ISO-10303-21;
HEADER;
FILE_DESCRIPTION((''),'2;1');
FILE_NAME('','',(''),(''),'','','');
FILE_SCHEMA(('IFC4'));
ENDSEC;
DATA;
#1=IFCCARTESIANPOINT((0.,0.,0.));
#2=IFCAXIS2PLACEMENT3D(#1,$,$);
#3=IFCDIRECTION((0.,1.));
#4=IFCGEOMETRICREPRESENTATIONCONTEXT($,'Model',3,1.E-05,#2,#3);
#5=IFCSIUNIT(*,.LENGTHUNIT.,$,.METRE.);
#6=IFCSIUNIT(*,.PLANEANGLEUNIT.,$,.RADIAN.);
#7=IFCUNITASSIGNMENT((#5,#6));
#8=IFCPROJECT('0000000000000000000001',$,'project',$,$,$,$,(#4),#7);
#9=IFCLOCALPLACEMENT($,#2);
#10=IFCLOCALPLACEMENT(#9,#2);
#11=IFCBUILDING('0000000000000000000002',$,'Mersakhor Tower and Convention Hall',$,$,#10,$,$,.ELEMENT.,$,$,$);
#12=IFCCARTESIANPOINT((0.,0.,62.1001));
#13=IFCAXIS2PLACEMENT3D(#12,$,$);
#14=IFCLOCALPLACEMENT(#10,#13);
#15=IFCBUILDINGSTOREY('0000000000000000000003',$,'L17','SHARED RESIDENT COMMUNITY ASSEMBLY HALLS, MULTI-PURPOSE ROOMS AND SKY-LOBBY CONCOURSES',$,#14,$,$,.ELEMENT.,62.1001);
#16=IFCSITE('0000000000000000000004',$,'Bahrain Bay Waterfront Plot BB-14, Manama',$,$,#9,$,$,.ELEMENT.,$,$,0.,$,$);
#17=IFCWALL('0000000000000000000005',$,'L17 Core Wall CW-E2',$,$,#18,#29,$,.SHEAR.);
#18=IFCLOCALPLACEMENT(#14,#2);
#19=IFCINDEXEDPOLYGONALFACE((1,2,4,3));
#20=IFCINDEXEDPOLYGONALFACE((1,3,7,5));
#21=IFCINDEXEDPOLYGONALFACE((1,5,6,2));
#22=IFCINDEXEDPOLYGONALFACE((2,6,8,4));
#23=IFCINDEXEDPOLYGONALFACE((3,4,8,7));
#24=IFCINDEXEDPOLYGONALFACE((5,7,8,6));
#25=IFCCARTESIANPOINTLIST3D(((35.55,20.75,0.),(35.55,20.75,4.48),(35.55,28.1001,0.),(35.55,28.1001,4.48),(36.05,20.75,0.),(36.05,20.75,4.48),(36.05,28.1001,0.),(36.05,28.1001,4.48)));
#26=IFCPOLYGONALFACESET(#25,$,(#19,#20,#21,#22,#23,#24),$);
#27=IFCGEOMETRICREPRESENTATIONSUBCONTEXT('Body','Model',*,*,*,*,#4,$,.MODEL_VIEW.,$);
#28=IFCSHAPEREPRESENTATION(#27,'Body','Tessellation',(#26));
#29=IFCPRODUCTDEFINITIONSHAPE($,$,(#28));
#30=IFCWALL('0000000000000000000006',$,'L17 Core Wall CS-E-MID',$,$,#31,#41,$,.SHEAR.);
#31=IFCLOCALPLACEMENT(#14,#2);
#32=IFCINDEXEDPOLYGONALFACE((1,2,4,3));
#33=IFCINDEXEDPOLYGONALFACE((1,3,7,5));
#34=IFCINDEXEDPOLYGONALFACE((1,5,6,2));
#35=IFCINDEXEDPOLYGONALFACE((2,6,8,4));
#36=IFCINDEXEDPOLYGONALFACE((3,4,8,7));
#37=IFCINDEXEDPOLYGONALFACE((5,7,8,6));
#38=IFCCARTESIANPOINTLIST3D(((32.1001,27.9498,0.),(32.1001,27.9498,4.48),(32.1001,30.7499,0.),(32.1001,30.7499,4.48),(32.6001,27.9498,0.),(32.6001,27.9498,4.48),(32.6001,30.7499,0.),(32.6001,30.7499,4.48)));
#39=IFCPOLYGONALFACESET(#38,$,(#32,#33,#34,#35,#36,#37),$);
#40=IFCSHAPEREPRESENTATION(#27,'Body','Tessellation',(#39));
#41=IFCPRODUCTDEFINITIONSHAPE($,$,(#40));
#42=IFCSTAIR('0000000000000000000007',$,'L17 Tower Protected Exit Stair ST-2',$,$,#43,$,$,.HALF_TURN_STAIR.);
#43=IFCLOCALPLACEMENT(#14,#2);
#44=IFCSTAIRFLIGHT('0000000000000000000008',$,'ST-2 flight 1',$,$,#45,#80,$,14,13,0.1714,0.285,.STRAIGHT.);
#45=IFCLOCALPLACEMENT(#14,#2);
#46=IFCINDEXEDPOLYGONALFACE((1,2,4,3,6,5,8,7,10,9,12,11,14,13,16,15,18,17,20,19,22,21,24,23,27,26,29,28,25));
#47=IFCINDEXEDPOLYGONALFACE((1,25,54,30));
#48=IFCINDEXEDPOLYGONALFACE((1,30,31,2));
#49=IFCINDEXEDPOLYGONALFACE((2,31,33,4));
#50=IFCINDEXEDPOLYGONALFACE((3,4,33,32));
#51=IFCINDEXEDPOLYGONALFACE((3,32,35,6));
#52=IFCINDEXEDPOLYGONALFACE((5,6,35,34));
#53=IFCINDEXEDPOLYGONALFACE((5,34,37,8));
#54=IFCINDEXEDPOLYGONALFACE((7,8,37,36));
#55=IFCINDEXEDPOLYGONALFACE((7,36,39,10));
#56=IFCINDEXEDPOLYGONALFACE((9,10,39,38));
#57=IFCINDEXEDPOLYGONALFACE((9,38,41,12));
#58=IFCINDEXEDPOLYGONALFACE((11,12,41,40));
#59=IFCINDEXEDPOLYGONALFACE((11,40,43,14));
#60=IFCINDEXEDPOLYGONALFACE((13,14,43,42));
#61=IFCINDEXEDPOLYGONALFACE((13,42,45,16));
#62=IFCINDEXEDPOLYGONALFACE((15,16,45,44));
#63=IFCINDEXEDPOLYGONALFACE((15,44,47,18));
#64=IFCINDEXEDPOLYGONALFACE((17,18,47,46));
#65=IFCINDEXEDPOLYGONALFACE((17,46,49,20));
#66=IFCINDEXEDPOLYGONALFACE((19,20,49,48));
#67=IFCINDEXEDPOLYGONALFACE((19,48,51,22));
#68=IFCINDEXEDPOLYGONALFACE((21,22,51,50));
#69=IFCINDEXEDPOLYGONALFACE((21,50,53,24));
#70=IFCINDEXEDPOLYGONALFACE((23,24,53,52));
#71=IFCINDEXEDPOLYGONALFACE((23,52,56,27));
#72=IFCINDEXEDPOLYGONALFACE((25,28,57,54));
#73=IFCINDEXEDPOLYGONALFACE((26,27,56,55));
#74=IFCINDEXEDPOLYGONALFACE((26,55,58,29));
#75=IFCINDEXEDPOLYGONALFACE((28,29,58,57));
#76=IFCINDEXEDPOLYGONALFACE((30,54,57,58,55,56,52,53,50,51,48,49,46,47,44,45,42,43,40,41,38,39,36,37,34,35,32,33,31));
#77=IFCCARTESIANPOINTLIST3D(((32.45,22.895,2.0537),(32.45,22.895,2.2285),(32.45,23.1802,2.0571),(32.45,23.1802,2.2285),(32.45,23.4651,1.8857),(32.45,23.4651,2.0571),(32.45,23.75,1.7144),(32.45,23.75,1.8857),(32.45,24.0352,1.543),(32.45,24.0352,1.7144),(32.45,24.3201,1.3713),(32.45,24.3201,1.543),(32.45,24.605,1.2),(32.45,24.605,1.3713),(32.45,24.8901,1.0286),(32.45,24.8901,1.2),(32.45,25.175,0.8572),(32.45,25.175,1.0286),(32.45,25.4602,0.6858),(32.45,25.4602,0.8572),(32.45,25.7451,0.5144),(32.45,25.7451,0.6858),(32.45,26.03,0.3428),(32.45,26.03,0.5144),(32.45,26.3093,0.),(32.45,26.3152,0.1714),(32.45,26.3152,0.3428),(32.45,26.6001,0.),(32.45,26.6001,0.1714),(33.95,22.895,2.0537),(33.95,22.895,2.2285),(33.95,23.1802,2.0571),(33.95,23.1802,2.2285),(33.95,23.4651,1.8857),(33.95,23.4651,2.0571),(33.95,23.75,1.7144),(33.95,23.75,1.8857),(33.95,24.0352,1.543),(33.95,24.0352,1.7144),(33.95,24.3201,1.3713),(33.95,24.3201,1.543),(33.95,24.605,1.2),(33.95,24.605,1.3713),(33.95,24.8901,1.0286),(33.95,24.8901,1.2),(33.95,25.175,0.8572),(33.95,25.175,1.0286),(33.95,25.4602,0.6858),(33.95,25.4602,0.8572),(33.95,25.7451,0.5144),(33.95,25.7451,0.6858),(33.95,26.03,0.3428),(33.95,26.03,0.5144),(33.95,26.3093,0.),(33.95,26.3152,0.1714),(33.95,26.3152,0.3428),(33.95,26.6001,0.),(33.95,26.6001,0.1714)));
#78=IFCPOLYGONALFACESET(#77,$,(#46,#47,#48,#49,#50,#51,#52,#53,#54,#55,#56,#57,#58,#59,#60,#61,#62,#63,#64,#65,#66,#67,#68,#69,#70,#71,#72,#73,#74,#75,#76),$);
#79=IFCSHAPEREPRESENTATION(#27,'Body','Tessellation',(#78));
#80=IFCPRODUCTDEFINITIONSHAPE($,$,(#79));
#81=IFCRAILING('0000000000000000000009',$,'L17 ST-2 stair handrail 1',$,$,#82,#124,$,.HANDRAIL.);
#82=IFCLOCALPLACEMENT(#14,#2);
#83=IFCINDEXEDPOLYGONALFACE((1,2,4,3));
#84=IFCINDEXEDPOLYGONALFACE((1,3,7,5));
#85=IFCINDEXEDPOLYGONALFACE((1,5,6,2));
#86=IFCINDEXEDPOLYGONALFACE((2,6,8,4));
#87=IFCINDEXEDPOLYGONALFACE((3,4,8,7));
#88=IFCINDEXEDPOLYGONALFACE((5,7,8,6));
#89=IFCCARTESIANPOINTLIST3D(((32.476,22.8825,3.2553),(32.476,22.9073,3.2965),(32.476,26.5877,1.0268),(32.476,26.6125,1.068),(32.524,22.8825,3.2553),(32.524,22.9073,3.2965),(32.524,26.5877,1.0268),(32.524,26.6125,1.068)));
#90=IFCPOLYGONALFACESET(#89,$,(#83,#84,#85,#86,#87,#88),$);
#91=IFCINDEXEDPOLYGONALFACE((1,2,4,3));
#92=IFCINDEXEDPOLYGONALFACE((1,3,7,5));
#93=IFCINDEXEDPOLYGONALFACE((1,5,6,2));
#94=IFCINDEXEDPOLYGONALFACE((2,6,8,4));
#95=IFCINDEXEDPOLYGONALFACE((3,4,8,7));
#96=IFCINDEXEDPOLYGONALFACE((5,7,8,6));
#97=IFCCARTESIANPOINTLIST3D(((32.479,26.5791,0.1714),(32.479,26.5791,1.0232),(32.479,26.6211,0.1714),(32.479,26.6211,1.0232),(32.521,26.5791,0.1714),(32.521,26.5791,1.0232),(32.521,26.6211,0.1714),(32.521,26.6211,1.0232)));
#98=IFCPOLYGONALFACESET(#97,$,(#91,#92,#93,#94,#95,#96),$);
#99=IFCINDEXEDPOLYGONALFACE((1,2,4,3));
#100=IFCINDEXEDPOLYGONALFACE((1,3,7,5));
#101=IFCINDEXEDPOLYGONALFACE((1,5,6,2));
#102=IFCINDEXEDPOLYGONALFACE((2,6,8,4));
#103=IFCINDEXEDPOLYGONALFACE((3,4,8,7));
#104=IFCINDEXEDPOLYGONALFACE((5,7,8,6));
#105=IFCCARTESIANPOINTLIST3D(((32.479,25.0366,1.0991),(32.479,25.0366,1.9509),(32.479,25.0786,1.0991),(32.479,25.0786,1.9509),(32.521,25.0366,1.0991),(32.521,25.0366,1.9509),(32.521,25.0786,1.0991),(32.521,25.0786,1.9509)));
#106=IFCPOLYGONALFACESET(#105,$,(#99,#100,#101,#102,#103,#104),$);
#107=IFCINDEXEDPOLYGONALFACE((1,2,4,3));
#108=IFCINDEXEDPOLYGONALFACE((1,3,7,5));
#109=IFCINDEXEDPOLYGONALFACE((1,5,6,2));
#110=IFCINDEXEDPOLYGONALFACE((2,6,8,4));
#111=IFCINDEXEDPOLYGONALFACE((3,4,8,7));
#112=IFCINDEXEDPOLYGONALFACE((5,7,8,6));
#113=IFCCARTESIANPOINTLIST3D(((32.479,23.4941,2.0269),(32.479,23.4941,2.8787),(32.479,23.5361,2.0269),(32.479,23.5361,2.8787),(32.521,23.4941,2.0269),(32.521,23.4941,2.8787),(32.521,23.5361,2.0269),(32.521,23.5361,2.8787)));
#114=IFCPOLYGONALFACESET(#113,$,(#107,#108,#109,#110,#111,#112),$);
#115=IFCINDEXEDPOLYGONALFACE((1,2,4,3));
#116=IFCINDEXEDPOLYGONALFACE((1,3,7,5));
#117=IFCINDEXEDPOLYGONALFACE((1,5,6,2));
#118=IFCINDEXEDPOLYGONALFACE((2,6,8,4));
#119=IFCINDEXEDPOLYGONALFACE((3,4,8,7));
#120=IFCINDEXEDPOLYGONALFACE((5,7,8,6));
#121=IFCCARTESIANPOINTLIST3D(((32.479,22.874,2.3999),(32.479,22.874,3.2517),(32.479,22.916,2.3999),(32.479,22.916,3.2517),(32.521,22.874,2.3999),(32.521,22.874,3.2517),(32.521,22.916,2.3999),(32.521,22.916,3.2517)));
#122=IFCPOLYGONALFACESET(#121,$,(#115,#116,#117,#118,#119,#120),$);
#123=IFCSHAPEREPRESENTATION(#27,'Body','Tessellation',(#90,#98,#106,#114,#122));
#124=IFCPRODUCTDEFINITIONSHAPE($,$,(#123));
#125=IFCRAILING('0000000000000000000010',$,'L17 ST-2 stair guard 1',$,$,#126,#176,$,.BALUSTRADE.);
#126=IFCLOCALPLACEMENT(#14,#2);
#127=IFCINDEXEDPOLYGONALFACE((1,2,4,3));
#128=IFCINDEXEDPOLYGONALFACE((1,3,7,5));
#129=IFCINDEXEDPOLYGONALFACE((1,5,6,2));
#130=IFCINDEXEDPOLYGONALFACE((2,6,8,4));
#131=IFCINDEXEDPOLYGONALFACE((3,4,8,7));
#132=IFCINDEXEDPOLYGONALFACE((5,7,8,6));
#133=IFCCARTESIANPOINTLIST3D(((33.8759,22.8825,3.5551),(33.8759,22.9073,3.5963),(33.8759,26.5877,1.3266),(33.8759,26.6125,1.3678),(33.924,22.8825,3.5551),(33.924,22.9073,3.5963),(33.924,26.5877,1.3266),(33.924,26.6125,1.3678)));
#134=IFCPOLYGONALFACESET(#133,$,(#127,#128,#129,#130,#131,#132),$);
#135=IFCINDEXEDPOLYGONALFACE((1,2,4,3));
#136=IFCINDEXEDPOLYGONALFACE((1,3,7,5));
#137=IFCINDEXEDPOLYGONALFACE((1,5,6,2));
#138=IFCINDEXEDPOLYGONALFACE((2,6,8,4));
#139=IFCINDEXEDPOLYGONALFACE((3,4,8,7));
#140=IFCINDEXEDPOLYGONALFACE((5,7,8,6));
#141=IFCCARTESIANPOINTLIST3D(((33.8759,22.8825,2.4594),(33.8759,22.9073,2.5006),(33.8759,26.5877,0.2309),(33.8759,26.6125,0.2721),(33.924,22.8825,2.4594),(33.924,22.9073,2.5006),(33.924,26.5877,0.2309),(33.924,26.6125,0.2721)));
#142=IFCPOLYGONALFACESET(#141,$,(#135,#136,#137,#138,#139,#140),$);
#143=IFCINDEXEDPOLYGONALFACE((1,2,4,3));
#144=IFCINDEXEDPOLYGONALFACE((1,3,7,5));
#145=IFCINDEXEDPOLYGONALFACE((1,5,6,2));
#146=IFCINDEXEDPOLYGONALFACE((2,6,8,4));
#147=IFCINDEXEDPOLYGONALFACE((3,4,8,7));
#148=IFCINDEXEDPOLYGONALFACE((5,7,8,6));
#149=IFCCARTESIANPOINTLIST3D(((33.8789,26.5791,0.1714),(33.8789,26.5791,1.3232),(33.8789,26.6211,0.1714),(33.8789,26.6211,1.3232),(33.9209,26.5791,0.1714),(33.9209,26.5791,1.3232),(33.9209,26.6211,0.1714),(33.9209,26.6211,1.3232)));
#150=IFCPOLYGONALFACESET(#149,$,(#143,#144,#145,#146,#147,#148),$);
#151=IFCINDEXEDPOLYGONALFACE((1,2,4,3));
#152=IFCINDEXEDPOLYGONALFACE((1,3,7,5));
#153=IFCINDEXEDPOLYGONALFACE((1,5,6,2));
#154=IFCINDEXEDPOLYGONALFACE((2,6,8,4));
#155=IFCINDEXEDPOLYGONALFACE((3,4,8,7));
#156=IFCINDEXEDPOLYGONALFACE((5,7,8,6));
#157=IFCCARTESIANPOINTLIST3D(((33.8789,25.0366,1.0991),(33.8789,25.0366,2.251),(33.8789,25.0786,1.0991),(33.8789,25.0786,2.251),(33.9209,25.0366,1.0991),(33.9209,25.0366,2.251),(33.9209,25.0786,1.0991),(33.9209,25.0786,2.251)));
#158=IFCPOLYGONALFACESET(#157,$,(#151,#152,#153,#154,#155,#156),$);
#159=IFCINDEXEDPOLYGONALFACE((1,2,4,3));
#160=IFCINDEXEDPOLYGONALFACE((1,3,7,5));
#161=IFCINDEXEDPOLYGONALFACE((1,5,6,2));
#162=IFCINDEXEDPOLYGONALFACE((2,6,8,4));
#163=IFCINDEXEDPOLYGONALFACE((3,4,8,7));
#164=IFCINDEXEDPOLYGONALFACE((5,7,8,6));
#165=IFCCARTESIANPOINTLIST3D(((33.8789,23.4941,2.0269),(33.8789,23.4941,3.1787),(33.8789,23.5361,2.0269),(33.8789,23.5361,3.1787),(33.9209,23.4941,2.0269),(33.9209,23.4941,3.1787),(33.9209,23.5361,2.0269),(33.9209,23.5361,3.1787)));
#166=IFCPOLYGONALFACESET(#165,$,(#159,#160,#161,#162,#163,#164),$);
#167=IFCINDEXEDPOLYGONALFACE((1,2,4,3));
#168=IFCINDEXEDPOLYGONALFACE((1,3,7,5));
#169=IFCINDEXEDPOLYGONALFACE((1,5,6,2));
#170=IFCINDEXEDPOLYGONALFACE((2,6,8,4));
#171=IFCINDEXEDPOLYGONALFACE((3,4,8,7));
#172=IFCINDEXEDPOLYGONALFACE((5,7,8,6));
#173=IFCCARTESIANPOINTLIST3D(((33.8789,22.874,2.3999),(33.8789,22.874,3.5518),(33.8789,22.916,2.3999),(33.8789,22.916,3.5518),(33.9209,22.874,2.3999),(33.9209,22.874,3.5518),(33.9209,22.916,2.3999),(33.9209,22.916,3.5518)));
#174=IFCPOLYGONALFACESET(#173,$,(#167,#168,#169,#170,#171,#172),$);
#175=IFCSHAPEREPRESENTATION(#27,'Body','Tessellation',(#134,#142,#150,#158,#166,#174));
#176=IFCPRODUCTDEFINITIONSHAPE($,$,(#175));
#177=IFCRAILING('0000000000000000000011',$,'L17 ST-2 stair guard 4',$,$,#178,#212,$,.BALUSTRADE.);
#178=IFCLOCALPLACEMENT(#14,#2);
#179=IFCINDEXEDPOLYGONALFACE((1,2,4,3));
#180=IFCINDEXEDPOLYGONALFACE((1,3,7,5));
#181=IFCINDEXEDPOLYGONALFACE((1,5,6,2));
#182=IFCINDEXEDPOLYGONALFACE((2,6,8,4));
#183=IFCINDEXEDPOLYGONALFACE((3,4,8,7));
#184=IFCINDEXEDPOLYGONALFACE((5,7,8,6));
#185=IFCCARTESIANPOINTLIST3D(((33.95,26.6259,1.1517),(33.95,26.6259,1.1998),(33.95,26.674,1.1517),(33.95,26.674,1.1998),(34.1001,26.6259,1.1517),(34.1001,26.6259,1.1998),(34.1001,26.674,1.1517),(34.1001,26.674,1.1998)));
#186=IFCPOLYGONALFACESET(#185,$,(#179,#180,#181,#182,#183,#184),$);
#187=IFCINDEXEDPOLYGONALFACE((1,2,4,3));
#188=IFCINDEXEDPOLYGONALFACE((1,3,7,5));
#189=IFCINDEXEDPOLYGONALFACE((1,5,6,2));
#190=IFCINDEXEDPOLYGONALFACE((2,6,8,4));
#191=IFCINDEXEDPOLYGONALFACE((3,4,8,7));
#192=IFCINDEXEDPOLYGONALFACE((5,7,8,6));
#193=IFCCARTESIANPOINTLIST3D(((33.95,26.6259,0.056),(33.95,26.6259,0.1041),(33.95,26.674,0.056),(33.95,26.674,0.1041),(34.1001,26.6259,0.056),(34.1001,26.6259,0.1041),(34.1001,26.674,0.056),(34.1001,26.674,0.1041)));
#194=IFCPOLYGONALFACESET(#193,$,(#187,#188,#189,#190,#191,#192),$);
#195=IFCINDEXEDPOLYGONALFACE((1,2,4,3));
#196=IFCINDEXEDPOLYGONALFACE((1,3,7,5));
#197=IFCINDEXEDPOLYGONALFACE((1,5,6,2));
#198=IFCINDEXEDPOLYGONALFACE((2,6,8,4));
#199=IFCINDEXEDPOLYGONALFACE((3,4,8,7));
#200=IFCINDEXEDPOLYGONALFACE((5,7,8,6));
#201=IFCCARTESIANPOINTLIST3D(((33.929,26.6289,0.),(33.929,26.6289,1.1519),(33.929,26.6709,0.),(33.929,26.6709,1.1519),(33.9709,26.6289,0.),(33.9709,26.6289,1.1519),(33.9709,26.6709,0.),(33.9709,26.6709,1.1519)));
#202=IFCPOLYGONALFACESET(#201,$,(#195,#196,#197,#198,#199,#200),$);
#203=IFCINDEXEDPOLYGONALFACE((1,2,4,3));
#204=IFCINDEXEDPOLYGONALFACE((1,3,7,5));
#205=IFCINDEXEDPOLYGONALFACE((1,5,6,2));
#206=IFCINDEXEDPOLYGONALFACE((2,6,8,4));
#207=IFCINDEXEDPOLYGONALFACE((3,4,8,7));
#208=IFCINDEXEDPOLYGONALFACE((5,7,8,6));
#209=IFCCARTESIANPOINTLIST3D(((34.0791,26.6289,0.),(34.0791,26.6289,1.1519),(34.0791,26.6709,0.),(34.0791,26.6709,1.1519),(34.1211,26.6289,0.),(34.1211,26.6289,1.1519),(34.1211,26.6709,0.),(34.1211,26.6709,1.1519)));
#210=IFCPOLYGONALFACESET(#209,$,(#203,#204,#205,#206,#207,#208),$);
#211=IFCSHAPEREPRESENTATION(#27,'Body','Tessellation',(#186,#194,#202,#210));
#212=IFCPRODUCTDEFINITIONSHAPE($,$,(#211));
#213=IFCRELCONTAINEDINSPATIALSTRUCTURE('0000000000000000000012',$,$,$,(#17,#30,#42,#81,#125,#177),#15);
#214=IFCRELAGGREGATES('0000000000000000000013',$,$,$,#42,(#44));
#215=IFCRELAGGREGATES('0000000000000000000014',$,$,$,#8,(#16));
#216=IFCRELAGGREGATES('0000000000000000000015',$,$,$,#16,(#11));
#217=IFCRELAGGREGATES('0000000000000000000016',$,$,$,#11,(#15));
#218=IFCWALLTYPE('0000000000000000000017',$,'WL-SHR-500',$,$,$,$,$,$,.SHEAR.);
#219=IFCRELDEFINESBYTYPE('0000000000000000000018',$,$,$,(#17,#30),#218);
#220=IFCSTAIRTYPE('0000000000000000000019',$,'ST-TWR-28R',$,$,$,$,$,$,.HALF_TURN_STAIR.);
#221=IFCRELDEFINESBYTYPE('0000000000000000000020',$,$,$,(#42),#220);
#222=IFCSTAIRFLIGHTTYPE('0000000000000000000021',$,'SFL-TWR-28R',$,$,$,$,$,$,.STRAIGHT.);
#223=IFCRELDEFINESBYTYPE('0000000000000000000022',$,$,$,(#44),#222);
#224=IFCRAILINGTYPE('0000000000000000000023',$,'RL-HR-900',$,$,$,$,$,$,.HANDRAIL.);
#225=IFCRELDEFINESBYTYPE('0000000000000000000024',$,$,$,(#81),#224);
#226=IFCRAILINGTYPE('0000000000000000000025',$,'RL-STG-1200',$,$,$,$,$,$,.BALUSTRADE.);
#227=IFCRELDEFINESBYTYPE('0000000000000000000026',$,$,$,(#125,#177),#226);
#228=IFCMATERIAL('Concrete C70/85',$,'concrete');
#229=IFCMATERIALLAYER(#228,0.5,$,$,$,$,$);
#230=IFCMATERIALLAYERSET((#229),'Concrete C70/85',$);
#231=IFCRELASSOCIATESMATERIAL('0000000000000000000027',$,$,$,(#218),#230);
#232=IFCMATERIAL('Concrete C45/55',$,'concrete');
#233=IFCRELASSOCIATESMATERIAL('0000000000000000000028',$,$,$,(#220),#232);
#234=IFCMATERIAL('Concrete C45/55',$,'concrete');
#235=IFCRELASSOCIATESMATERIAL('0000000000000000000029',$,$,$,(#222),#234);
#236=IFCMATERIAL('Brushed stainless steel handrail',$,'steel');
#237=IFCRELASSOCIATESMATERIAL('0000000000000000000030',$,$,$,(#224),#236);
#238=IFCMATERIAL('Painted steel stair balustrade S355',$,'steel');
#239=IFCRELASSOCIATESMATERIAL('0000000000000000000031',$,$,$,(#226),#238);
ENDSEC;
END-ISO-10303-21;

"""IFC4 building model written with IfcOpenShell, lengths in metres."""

from ifc_helpers import new_model, si_unit, direction, frame, frame_2d, origin, origin_2d, place, context, subcontext, project, spatial, polyline, rectangle, outline, extrude, material, layer, layer_set, type_object, element, aggregate, save


model = new_model("IFC4")

# Units and contexts
model_context = context("Model", 3, precision=1e-05, world=origin(), true_north=direction((0.0, 1.0)))
body_context = subcontext(model_context, "Body", "Model", "MODEL_VIEW")
ifc_project = project(units=[si_unit("LENGTHUNIT", "METRE"), si_unit("PLANEANGLEUNIT", "RADIAN")], contexts=[model_context])

# Site, building, storey
site_placement = place(None, origin())
site = spatial("IfcSite", under=ifc_project, at=site_placement, Name="Bahrain Bay Waterfront Plot BB-14, Manama", CompositionType="ELEMENT", RefElevation=0.0)
building_placement = place(site_placement, origin())
building = spatial("IfcBuilding", under=site, at=building_placement, Name="Mersakhor Tower and Convention Hall", CompositionType="ELEMENT")
storey_placement = place(building_placement, frame((0.0, 0.0, 62.1001)))
storey = spatial("IfcBuildingStorey", under=building, at=storey_placement, Name="L17", Description="SHARED RESIDENT COMMUNITY ASSEMBLY HALLS, MULTI-PURPOSE ROOMS AND SKY-LOBBY CONCOURSES", CompositionType="ELEMENT", Elevation=62.1001)

# Walls
ifc_material_1 = material(Name="Concrete C70/85", Category="concrete")
ifc_layer_1 = layer(ifc_material_1, 0.5)
ifc_layer_set_1 = layer_set([ifc_layer_1], Name="Concrete C70/85")
wall_type_1 = type_object("IfcWallType", Name="WL-SHR-500", PredefinedType="SHEAR", material=ifc_layer_set_1)
wall_1_placement = place(storey_placement, frame((35.8, 28.1001, 0.0), z_axis=(0.0, 0.0, 1.0), x_axis=(0.0, -1.0, 0.0)))
element("IfcWall", 1, at=wall_1_placement, inside=storey, type_object=wall_type_1, Name="L17 Core Wall CW-E2", PredefinedType="SHEAR", context=body_context, shape_type="SweptSolid", body=[
    extrude(rectangle(XDim=7.3501, YDim=0.5, at=frame_2d((3.675, 0.0))), origin(), (0.0, 0.0, 1.0), 4.48),
])
wall_2_placement = place(storey_placement, frame((32.3501, 27.95, 0.0), z_axis=(0.0, 0.0, 1.0), x_axis=(0.0, 1.0, 0.0)))
element("IfcWall", 2, at=wall_2_placement, inside=storey, type_object=wall_type_1, Name="L17 Core Wall CS-E-MID", PredefinedType="SHEAR", context=body_context, shape_type="SweptSolid", body=[
    extrude(rectangle(XDim=2.8, YDim=0.5, at=frame_2d((1.3999, 0.0))), origin(), (0.0, 0.0, 1.0), 4.48),
])

# Stair, stair flight
ifc_material_2 = material(Name="Concrete C45/55", Category="concrete")
stair_type = type_object("IfcStairType", Name="ST-TWR-28R", PredefinedType="HALF_TURN_STAIR", material=ifc_material_2)
stair_placement = place(storey_placement, origin())
stair = element("IfcStair", 3, at=stair_placement, inside=storey, type_object=stair_type, Name="L17 Tower Protected Exit Stair ST-2", PredefinedType="HALF_TURN_STAIR")
ifc_material_3 = material(Name="Concrete C45/55", Category="concrete")
stair_flight_type = type_object("IfcStairFlightType", Name="SFL-TWR-28R", PredefinedType="STRAIGHT", material=ifc_material_3)
stair_flight_placement = place(storey_placement, frame((33.2, 26.6001, 0.0), z_axis=(0.0, 0.0, 1.0), x_axis=(0.0, -1.0, 0.0)))
stair_flight = element("IfcStairFlight", 4, at=stair_flight_placement, type_object=stair_flight_type, Name="ST-2 flight 1", NumberOfRisers=14, NumberOfTreads=13, PredefinedType="STRAIGHT", RiserHeight=0.1714, TreadLength=0.285, context=body_context, shape_type="SweptSolid", body=[
    extrude(outline(polyline([(0.0, 0.0), (0.0, 0.1714), (0.2849, 0.1714), (0.2849, 0.3428), (0.5701, 0.3428), (0.5701, 0.5144), (0.855, 0.5144), (0.855, 0.6858), (1.1399, 0.6858), (1.1399, 0.8572), (1.425, 0.8572), (1.425, 1.0286), (1.71, 1.0286), (1.71, 1.2), (1.9951, 1.2), (1.9951, 1.3713), (2.28, 1.3713), (2.28, 1.543), (2.5649, 1.543), (2.5649, 1.7144), (2.8501, 1.7144), (2.8501, 1.8857), (3.135, 1.8857), (3.135, 2.0571), (3.4199, 2.0571), (3.4199, 2.2285), (3.7051, 2.2285), (3.7051, 2.3999), (3.7051, 2.0537), (0.2908, 0.0), (0.0, 0.0)])), frame((0.0, 0.75, 0.0), z_axis=(0.0, -1.0, 0.0), x_axis=(1.0, 0.0, 0.0)), (0.0, 0.0, 1.0), 1.5),
])
aggregate(stair, [stair_flight])

# Railings
ifc_material_4 = material(Name="Brushed stainless steel handrail", Category="steel")
railing_type_1 = type_object("IfcRailingType", Name="RL-HR-900", PredefinedType="HANDRAIL", material=ifc_material_4)
railing_1_placement = place(storey_placement, frame((32.5, 26.6001, 0.1714)))
element("IfcRailing", 5, at=railing_1_placement, inside=storey, type_object=railing_type_1, Name="L17 ST-2 stair handrail 1", PredefinedType="HANDRAIL", context=body_context, shape_type="SweptSolid", body=[
    extrude(rectangle(XDim=0.0481, YDim=0.0481, at=origin_2d()), frame((0.0, 0.0, 0.876), z_axis=(0.0, -0.856934, 0.515425), x_axis=(1.0, 0.0, 0.0)), (0.0, 0.0, 1.0), 4.3237),
    extrude(rectangle(XDim=0.042, YDim=0.042, at=origin_2d()), origin(), (0.0, 0.0, 1.0), 0.8518),
    extrude(rectangle(XDim=0.042, YDim=0.042, at=origin_2d()), frame((0.0, -1.5425, 0.9277)), (0.0, 0.0, 1.0), 0.8518),
    extrude(rectangle(XDim=0.042, YDim=0.042, at=origin_2d()), frame((0.0, -3.085, 1.8555)), (0.0, 0.0, 1.0), 0.8518),
    extrude(rectangle(XDim=0.042, YDim=0.042, at=origin_2d()), frame((0.0, -3.7051, 2.2285)), (0.0, 0.0, 1.0), 0.8518),
])
ifc_material_5 = material(Name="Painted steel stair balustrade S355", Category="steel")
railing_type_2 = type_object("IfcRailingType", Name="RL-STG-1200", PredefinedType="BALUSTRADE", material=ifc_material_5)
railing_2_placement = place(storey_placement, frame((33.8999, 26.6001, 0.1714)))
element("IfcRailing", 6, at=railing_2_placement, inside=storey, type_object=railing_type_2, Name="L17 ST-2 stair guard 1", PredefinedType="BALUSTRADE", context=body_context, shape_type="SweptSolid", body=[
    extrude(rectangle(XDim=0.0481, YDim=0.0481, at=origin_2d()), frame((0.0, 0.0, 1.1758), z_axis=(0.0, -0.856934, 0.515425), x_axis=(1.0, 0.0, 0.0)), (0.0, 0.0, 1.0), 4.3237),
    extrude(rectangle(XDim=0.0481, YDim=0.0481, at=origin_2d()), frame((0.0, 0.0, 0.0801), z_axis=(0.0, -0.856934, 0.515425), x_axis=(1.0, 0.0, 0.0)), (0.0, 0.0, 1.0), 4.3237),
    extrude(rectangle(XDim=0.042, YDim=0.042, at=origin_2d()), origin(), (0.0, 0.0, 1.0), 1.1519),
    extrude(rectangle(XDim=0.042, YDim=0.042, at=origin_2d()), frame((0.0, -1.5425, 0.9277)), (0.0, 0.0, 1.0), 1.1519),
    extrude(rectangle(XDim=0.042, YDim=0.042, at=origin_2d()), frame((0.0, -3.085, 1.8555)), (0.0, 0.0, 1.0), 1.1519),
    extrude(rectangle(XDim=0.042, YDim=0.042, at=origin_2d()), frame((0.0, -3.7051, 2.2285)), (0.0, 0.0, 1.0), 1.1519),
])
railing_3_placement = place(storey_placement, frame((33.95, 26.6499, 0.0)))
element("IfcRailing", 7, at=railing_3_placement, inside=storey, type_object=railing_type_2, Name="L17 ST-2 stair guard 4", PredefinedType="BALUSTRADE", context=body_context, shape_type="SweptSolid", body=[
    extrude(rectangle(XDim=0.0481, YDim=0.0481, at=origin_2d()), frame((0.0, 0.0, 1.1758), z_axis=(1.0, 0.0, 0.0), x_axis=(0.0, 1.0, 0.0)), (0.0, 0.0, 1.0), 0.1501),
    extrude(rectangle(XDim=0.0481, YDim=0.0481, at=origin_2d()), frame((0.0, 0.0, 0.0801), z_axis=(1.0, 0.0, 0.0), x_axis=(0.0, 1.0, 0.0)), (0.0, 0.0, 1.0), 0.1501),
    extrude(rectangle(XDim=0.042, YDim=0.042, at=origin_2d()), origin(), (0.0, 0.0, 1.0), 1.1519),
    extrude(rectangle(XDim=0.042, YDim=0.042, at=origin_2d()), frame((0.1501, 0.0, 0.0)), (0.0, 0.0, 1.0), 1.1519),
])

save(model, "model.ifc")
